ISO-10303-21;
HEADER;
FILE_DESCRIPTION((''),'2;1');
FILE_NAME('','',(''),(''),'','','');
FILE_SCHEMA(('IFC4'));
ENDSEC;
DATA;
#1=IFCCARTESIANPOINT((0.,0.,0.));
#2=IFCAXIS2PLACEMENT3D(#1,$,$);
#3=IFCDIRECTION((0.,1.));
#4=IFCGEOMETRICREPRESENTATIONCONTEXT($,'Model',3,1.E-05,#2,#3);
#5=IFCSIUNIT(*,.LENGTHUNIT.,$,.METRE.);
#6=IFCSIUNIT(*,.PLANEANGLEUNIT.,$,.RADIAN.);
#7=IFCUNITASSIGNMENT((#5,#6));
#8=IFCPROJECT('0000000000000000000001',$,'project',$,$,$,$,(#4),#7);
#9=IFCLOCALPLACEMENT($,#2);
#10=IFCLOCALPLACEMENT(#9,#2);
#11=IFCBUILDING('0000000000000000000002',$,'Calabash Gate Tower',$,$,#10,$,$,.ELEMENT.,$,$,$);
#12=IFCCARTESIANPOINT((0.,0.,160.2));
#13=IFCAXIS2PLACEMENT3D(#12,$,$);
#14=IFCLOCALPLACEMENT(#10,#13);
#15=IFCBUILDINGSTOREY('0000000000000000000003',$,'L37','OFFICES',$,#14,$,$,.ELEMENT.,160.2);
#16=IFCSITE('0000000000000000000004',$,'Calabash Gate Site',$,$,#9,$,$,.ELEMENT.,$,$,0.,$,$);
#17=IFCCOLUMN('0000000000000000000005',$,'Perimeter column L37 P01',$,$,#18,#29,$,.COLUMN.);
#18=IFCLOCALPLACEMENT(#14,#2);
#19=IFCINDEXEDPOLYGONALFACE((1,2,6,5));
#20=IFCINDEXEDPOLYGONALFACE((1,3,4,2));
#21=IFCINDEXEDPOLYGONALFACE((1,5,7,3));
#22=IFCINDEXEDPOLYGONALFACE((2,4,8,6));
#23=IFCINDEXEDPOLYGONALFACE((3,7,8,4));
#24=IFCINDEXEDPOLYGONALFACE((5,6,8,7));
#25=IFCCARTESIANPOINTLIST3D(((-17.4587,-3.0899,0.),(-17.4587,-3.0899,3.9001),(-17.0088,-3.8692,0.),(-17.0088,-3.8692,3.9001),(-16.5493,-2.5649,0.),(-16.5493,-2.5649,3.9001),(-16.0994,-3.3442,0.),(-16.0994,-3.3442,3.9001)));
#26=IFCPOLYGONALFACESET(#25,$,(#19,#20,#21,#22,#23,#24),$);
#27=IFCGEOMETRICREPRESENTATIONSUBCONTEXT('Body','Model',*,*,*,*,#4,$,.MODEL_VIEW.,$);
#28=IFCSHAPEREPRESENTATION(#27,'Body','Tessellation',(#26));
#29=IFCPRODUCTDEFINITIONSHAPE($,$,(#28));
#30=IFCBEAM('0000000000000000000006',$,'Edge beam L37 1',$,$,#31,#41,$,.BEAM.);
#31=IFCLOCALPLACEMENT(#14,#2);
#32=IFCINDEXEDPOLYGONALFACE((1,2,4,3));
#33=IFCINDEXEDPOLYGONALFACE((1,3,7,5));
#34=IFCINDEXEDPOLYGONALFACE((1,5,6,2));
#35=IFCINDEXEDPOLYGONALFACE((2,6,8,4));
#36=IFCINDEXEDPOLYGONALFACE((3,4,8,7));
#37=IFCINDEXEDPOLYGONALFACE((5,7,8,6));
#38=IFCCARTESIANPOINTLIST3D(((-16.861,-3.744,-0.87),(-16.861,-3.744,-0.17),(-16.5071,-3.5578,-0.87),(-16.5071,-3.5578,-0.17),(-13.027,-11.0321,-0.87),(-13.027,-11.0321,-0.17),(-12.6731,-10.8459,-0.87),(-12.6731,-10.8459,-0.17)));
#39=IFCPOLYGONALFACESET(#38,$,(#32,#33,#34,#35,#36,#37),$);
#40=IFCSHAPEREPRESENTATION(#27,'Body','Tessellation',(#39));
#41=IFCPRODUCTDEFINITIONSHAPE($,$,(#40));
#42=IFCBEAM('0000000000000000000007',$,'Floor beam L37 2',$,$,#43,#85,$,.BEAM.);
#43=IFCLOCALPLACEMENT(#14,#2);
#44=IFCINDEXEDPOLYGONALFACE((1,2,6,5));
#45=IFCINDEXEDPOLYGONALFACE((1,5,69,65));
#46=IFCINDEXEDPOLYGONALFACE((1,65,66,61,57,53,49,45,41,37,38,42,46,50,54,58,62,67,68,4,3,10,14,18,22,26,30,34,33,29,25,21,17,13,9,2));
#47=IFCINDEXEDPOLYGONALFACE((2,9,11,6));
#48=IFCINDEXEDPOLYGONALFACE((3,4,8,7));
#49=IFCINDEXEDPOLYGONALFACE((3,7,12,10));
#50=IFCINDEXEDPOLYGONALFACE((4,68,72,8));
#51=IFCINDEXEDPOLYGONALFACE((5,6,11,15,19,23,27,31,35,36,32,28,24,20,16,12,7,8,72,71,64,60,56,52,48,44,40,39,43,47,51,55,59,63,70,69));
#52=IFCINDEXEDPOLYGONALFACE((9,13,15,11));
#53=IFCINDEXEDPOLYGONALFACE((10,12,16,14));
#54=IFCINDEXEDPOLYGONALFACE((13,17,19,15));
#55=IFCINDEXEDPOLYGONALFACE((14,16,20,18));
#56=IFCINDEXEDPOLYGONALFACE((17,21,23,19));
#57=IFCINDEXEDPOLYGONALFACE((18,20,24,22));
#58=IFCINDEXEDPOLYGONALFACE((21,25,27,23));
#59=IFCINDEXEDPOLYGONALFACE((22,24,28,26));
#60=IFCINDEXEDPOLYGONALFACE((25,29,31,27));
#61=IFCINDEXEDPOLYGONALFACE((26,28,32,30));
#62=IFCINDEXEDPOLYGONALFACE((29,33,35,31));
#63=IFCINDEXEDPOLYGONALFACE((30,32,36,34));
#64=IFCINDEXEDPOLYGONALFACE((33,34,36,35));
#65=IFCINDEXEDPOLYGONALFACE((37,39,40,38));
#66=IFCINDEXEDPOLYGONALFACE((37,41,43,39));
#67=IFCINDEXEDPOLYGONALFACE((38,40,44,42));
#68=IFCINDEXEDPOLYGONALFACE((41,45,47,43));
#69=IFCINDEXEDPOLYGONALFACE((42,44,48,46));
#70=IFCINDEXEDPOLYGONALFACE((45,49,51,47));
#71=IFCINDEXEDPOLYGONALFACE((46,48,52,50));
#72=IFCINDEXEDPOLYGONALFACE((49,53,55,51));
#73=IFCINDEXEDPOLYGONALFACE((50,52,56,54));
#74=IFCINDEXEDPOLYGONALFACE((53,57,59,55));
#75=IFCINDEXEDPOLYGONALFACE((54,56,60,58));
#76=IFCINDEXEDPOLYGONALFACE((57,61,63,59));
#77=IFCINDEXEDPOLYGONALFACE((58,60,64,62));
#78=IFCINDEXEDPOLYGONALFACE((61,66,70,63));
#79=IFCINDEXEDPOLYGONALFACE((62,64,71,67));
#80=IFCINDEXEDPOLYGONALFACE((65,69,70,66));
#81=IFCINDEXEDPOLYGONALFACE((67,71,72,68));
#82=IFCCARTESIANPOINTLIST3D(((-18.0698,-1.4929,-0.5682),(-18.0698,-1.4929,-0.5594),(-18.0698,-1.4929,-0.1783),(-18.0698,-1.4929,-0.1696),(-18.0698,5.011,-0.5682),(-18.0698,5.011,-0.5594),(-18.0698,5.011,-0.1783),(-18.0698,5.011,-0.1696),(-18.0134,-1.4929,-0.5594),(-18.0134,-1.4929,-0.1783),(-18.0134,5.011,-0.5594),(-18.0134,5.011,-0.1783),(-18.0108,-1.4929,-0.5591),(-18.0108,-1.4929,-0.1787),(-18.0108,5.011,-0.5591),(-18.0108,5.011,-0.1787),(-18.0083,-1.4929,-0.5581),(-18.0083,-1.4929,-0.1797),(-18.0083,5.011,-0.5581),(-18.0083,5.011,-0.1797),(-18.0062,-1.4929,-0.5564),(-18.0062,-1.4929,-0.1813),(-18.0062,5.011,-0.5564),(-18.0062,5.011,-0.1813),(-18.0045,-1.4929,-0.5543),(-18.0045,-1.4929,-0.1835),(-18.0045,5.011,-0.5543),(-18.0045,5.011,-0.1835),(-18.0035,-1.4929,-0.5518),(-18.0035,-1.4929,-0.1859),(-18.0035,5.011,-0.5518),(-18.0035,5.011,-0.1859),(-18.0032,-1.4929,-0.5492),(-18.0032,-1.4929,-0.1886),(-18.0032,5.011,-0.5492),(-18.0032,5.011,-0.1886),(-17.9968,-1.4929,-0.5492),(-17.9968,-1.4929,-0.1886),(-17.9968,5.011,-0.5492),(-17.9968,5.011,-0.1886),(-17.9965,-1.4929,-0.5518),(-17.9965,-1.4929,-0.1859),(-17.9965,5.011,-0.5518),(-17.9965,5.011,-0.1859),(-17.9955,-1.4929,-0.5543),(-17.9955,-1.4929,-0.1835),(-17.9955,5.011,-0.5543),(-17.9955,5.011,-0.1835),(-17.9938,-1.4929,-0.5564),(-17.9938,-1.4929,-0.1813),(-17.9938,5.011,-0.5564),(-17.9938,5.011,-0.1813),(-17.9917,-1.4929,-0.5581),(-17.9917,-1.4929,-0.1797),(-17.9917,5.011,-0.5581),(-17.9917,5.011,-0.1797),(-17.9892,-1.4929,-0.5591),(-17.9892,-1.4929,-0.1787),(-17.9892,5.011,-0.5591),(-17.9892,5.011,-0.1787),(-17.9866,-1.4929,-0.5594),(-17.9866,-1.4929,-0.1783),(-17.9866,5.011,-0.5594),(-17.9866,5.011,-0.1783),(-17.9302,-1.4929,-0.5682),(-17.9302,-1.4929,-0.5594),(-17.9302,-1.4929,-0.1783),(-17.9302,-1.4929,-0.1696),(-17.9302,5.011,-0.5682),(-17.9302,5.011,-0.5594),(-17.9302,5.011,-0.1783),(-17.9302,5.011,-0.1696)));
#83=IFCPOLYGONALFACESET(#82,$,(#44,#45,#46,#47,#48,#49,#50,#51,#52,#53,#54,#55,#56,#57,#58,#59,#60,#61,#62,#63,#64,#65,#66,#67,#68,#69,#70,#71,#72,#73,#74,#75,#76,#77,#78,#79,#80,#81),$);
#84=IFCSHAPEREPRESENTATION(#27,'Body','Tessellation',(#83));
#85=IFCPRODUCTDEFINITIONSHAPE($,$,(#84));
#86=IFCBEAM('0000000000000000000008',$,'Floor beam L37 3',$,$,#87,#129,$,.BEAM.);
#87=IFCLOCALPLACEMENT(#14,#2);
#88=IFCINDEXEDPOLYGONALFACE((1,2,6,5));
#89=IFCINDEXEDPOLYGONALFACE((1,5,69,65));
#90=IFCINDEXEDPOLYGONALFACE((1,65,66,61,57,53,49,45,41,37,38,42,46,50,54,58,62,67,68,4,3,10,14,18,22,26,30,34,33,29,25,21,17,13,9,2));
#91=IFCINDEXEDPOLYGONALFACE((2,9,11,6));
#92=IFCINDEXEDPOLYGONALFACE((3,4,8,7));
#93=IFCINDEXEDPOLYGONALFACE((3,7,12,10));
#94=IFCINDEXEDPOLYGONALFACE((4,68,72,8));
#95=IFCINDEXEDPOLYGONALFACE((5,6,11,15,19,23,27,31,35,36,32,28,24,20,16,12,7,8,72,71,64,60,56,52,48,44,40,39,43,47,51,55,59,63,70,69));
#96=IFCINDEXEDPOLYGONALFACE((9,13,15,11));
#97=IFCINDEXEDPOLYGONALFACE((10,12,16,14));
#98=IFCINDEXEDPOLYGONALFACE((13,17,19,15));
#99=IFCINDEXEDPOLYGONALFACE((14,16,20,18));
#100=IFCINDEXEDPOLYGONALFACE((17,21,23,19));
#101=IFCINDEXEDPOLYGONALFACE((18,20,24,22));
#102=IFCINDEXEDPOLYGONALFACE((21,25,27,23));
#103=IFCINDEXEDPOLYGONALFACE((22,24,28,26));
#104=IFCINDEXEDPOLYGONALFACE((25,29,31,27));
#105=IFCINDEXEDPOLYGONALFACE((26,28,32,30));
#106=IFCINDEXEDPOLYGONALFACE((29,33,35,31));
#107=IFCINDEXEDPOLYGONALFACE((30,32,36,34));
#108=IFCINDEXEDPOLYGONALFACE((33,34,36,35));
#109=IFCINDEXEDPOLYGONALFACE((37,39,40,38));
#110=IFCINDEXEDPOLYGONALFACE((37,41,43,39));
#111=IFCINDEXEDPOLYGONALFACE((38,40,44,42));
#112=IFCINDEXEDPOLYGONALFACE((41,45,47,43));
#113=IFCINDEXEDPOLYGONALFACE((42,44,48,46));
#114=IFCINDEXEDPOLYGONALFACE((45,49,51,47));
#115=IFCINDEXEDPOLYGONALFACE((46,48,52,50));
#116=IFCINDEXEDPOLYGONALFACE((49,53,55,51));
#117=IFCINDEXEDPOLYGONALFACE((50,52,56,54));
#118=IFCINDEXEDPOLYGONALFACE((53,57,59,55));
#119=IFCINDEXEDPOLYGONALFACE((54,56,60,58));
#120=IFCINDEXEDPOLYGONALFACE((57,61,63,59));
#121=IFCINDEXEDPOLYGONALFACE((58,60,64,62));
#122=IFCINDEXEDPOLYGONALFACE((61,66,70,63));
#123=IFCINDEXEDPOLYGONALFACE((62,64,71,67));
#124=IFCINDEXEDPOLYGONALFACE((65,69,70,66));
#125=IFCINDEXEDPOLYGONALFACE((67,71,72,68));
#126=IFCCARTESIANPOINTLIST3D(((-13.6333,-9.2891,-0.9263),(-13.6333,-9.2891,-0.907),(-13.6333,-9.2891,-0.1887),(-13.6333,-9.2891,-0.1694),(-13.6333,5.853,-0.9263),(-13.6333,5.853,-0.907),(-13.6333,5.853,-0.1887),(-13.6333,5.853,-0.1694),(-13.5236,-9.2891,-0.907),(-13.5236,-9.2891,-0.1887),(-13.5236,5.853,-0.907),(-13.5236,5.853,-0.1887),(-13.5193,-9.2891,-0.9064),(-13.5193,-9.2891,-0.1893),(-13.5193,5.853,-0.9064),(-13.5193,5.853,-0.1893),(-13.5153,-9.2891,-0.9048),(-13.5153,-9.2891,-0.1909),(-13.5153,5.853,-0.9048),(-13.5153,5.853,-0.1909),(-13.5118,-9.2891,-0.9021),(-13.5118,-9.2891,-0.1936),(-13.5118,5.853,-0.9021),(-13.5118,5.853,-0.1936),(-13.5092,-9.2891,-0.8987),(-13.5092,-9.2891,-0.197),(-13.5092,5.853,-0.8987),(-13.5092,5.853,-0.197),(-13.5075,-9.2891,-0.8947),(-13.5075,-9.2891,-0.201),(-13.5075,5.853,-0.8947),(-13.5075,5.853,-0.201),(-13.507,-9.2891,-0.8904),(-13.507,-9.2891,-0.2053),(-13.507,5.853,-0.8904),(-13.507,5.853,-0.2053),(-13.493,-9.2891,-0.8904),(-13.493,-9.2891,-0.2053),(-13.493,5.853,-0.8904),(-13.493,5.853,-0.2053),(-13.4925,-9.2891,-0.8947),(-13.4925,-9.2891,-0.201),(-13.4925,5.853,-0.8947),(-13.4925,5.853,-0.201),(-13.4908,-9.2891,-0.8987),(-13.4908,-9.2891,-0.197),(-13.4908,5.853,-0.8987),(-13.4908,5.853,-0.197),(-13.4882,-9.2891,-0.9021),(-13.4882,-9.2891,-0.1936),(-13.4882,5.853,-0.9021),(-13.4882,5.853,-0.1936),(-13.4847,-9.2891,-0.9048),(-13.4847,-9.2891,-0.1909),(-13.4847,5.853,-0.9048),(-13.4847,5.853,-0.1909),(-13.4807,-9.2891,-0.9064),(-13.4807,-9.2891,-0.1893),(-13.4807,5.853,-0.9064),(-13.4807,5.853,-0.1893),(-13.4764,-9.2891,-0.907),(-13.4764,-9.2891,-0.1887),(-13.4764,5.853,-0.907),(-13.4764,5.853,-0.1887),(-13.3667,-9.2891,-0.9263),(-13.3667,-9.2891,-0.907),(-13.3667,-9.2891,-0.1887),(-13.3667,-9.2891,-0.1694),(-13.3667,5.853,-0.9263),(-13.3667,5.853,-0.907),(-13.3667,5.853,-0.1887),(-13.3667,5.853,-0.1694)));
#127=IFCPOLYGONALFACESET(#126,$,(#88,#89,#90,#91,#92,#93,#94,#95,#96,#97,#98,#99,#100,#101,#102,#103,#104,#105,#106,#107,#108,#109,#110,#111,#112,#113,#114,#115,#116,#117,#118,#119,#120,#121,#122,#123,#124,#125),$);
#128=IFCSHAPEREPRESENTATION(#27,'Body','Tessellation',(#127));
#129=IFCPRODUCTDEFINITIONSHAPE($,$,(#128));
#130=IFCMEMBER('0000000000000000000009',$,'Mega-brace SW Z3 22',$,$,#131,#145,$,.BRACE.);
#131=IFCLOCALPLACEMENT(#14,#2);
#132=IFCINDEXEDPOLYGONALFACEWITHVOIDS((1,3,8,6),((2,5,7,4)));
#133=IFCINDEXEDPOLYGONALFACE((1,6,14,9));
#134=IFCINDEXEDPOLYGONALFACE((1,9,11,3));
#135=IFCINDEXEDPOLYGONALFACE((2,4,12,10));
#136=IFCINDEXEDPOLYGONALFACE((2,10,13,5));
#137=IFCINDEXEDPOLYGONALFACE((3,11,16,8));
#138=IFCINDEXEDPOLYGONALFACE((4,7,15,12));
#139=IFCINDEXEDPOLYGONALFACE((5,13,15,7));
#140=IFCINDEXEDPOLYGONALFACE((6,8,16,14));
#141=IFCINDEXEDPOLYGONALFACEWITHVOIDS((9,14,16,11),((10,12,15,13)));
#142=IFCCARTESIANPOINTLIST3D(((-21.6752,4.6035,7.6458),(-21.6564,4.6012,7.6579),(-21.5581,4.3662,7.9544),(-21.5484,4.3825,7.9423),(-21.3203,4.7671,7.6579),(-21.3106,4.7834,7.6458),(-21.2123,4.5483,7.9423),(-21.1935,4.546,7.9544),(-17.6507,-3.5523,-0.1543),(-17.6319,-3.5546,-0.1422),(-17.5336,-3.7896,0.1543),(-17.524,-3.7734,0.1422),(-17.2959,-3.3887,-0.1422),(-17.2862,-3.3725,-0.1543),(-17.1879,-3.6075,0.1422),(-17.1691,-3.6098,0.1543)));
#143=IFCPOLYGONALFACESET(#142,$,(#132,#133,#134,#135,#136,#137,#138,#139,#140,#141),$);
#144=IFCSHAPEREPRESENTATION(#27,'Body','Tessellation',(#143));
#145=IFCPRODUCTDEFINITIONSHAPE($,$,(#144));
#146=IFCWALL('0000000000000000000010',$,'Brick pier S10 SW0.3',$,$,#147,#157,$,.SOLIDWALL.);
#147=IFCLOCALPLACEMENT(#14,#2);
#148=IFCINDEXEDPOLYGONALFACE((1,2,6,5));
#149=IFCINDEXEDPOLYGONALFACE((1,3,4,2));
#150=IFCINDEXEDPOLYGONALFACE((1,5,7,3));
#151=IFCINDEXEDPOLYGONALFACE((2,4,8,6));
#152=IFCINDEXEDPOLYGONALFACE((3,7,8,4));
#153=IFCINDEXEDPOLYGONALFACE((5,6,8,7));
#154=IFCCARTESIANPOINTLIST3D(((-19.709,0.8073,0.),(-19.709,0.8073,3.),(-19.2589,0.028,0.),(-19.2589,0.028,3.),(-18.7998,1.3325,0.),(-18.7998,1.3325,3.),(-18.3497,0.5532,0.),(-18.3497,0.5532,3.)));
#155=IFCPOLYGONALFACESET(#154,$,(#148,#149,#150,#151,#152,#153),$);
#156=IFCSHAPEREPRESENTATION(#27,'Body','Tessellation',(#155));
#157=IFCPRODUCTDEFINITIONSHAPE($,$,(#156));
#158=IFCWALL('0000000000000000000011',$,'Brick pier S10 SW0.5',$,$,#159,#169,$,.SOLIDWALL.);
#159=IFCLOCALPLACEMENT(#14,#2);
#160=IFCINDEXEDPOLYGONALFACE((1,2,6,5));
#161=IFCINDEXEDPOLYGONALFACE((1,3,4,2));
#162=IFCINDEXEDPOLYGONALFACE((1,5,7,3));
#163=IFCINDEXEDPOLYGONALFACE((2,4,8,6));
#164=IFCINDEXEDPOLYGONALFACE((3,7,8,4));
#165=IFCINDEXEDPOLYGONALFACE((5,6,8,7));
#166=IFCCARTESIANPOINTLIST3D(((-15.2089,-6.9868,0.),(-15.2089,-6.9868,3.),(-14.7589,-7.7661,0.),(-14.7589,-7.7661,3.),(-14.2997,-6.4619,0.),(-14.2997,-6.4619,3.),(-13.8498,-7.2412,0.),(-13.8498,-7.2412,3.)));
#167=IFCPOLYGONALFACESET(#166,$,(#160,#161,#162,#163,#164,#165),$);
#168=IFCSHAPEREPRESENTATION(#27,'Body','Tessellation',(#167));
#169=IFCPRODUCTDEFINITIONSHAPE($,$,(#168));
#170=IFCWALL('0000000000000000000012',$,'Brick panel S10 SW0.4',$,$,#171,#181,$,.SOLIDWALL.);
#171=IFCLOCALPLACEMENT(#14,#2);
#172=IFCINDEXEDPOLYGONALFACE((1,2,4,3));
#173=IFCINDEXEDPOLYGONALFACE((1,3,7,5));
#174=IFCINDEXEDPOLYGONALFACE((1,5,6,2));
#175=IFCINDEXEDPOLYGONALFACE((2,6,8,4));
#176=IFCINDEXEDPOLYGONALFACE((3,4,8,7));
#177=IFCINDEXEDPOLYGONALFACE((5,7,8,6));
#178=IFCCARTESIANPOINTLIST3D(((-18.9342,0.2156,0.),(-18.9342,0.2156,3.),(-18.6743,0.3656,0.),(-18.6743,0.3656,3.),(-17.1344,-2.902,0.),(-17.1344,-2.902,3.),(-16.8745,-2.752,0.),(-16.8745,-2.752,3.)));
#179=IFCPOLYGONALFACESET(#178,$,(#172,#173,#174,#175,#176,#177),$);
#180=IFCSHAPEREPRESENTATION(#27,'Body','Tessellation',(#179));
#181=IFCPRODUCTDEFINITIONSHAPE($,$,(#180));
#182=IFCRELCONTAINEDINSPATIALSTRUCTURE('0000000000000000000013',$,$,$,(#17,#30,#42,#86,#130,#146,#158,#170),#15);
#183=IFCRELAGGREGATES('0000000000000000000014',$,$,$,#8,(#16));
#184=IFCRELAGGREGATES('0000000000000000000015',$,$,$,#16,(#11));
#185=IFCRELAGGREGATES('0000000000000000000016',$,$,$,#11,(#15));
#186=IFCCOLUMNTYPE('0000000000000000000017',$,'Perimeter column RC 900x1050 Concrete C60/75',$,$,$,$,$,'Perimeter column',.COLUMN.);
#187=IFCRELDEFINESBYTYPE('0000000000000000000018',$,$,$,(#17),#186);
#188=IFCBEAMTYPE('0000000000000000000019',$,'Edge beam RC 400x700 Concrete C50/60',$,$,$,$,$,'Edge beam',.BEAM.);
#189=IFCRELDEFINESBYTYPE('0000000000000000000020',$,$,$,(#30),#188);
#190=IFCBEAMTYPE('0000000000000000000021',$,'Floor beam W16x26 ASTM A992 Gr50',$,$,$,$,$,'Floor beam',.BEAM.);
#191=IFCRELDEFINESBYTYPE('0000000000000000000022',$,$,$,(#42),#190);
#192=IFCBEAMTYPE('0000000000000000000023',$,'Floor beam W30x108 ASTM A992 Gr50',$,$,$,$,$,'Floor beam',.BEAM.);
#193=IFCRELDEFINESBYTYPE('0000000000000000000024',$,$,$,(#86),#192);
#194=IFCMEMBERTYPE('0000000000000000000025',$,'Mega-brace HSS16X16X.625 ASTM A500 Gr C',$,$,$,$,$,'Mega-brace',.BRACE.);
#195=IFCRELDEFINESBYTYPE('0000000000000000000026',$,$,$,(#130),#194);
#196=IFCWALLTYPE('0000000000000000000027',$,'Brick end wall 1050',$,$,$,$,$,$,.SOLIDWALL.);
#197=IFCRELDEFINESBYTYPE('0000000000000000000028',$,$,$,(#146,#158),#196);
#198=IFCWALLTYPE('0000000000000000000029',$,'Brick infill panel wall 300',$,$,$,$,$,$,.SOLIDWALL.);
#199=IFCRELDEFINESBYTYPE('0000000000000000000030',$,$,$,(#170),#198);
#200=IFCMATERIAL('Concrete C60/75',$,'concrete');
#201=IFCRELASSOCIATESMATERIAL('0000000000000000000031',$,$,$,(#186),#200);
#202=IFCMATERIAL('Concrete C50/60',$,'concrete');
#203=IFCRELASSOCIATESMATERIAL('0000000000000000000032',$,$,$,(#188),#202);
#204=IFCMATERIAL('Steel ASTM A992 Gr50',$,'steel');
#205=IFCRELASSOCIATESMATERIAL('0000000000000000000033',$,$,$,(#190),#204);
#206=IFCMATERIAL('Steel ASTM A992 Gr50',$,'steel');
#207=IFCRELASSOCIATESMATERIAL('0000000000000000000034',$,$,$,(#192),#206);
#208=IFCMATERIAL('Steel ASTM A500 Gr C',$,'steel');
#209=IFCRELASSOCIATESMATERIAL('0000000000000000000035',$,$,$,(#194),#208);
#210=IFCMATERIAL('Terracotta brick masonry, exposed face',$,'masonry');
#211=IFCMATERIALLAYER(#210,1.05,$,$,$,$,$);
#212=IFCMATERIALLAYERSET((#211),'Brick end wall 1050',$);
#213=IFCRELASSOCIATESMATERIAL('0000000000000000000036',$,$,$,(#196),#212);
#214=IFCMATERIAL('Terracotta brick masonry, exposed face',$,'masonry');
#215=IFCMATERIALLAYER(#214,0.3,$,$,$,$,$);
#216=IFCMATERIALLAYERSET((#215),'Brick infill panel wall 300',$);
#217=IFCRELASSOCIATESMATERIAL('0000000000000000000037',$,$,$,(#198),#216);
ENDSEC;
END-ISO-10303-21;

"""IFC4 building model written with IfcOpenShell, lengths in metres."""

from ifc_helpers import new_model, si_unit, direction, frame, frame_2d, origin, origin_2d, place, context, subcontext, project, spatial, rectangle, hollow_rectangle, i_section, extrude, material, layer, layer_set, material_profile, profile_set, type_object, element, save


model = new_model("IFC4")

# Units and contexts
model_context = context("Model", 3, precision=1e-05, world=origin(), true_north=direction((0.0, 1.0)))
body_context = subcontext(model_context, "Body", "Model", "MODEL_VIEW")
ifc_project = project(units=[si_unit("LENGTHUNIT", "METRE"), si_unit("PLANEANGLEUNIT", "RADIAN")], contexts=[model_context])

# Site, building, storey
site_placement = place(None, origin())
site = spatial("IfcSite", under=ifc_project, at=site_placement, Name="Calabash Gate Site", CompositionType="ELEMENT", RefElevation=0.0)
building_placement = place(site_placement, origin())
building = spatial("IfcBuilding", under=site, at=building_placement, Name="Calabash Gate Tower", CompositionType="ELEMENT")
storey_placement = place(building_placement, frame((0.0, 0.0, 160.2)))
storey = spatial("IfcBuildingStorey", under=building, at=storey_placement, Name="L37", Description="OFFICES", CompositionType="ELEMENT", Elevation=160.2)

# Column
ifc_material_1 = material(Name="Concrete C60/75", Category="concrete")
ifc_material_profile_1 = material_profile(ifc_material_1, rectangle(XDim=0.8999, YDim=1.05, at=origin_2d()))
ifc_profile_set_1 = profile_set([ifc_material_profile_1], Name="Concrete C60/75")
column_type = type_object("IfcColumnType", Name="Perimeter column RC 900x1050 Concrete C60/75", ElementType="Perimeter column", PredefinedType="COLUMN", material=ifc_profile_set_1)
column_placement = place(storey_placement, frame((-16.7791, -3.217, 0.0), z_axis=(0.0, 0.0, 1.0), x_axis=(0.5, -0.866025, 0.0)))
element("IfcColumn", 1, at=column_placement, inside=storey, type_object=column_type, Name="Perimeter column L37 P01", PredefinedType="COLUMN", context=body_context, shape_type="SweptSolid", body=[
    extrude(rectangle(XDim=0.8999, YDim=1.05, at=origin_2d()), origin(), (0.0, 0.0, 1.0), 3.9001),
])

# Beams
ifc_material_2 = material(Name="Concrete C50/60", Category="concrete")
ifc_material_profile_2 = material_profile(ifc_material_2, rectangle(XDim=0.3999, YDim=0.7, at=origin_2d()))
ifc_profile_set_2 = profile_set([ifc_material_profile_2], Name="Concrete C50/60")
beam_type_1 = type_object("IfcBeamType", Name="Edge beam RC 400x700 Concrete C50/60", ElementType="Edge beam", PredefinedType="BEAM", material=ifc_profile_set_2)
beam_1_placement = place(storey_placement, frame((-16.6841, -3.6509, -0.52), z_axis=(0.46557, -0.885011, 0.0), x_axis=(0.885011, 0.46557, 0.0)))
element("IfcBeam", 2, at=beam_1_placement, inside=storey, type_object=beam_type_1, Name="Edge beam L37 1", PredefinedType="BEAM", context=body_context, shape_type="SweptSolid", body=[
    extrude(rectangle(XDim=0.3999, YDim=0.7, at=origin_2d()), origin(), (0.0, 0.0, 1.0), 8.2351),
])
ifc_material_3 = material(Name="Steel ASTM A992 Gr50", Category="steel")
ifc_material_profile_3 = material_profile(ifc_material_3, i_section(OverallWidth=0.1396, OverallDepth=0.3987, WebThickness=0.0063, FlangeThickness=0.0088, FilletRadius=0.0103, at=origin_2d()))
ifc_profile_set_3 = profile_set([ifc_material_profile_3], Name="Steel ASTM A992 Gr50")
beam_type_2 = type_object("IfcBeamType", Name="Floor beam W16x26 ASTM A992 Gr50", ElementType="Floor beam", PredefinedType="BEAM", material=ifc_profile_set_3)
beam_2_placement = place(storey_placement, frame((-18.0, -1.4929, -0.3689), z_axis=(0.0, 1.0, 0.0), x_axis=(-1.0, 0.0, 0.0)))
element("IfcBeam", 3, at=beam_2_placement, inside=storey, type_object=beam_type_2, Name="Floor beam L37 2", PredefinedType="BEAM", context=body_context, shape_type="SweptSolid", body=[
    extrude(i_section(OverallWidth=0.1396, OverallDepth=0.3987, WebThickness=0.0063, FlangeThickness=0.0088, FilletRadius=0.0103, at=origin_2d()), origin(), (0.0, 0.0, 1.0), 6.5039),
])
ifc_material_4 = material(Name="Steel ASTM A992 Gr50", Category="steel")
ifc_material_profile_4 = material_profile(ifc_material_4, i_section(OverallWidth=0.2666, OverallDepth=0.7568, WebThickness=0.0139, FlangeThickness=0.0193, FilletRadius=0.0166, at=origin_2d()))
ifc_profile_set_4 = profile_set([ifc_material_profile_4], Name="Steel ASTM A992 Gr50")
beam_type_3 = type_object("IfcBeamType", Name="Floor beam W30x108 ASTM A992 Gr50", ElementType="Floor beam", PredefinedType="BEAM", material=ifc_profile_set_4)
beam_3_placement = place(storey_placement, frame((-13.5, -9.2891, -0.5479), z_axis=(0.0, 1.0, 0.0), x_axis=(-1.0, 0.0, 0.0)))
element("IfcBeam", 4, at=beam_3_placement, inside=storey, type_object=beam_type_3, Name="Floor beam L37 3", PredefinedType="BEAM", context=body_context, shape_type="SweptSolid", body=[
    extrude(i_section(OverallWidth=0.2666, OverallDepth=0.7568, WebThickness=0.0139, FlangeThickness=0.0193, FilletRadius=0.0166, at=origin_2d()), origin(), (0.0, 0.0, 1.0), 15.1421),
])

# Member
ifc_material_5 = material(Name="Steel ASTM A500 Gr C", Category="steel")
ifc_material_profile_5 = material_profile(ifc_material_5, hollow_rectangle(XDim=0.4065, YDim=0.4065, WallThickness=0.0159, at=origin_2d()))
ifc_profile_set_5 = profile_set([ifc_material_profile_5], Name="Steel ASTM A500 Gr C")
member_type = type_object("IfcMemberType", Name="Mega-brace HSS16X16X.625 ASTM A500 Gr C", ElementType="Mega-brace", PredefinedType="BRACE", material=ifc_profile_set_5)
member_placement = place(storey_placement, frame((-17.4099, -3.5811, 0.0), z_axis=(-0.335889, 0.680704, 0.651015), x_axis=(-0.896766, -0.442504, 0.0)))
element("IfcMember", 5, at=member_placement, inside=storey, type_object=member_type, Name="Mega-brace SW Z3 22", PredefinedType="BRACE", context=body_context, shape_type="SweptSolid", body=[
    extrude(hollow_rectangle(XDim=0.4065, YDim=0.4065, WallThickness=0.0159, at=origin_2d()), origin(), (0.0, 0.0, 1.0), 11.9814),
])

# Walls
ifc_material_6 = material(Name="Terracotta brick masonry, exposed face", Category="masonry")
ifc_layer_1 = layer(ifc_material_6, 1.05)
ifc_layer_set_1 = layer_set([ifc_layer_1], Name="Brick end wall 1050")
wall_type_1 = type_object("IfcWallType", Name="Brick end wall 1050", PredefinedType="SOLIDWALL", material=ifc_layer_set_1)
wall_1_placement = place(storey_placement, frame((-19.4839, 0.4177, 0.0), z_axis=(0.0, 0.0, 1.0), x_axis=(0.86593, 0.500165, 0.0)))
element("IfcWall", 6, at=wall_1_placement, inside=storey, type_object=wall_type_1, Name="Brick pier S10 SW0.3", PredefinedType="SOLIDWALL", context=body_context, shape_type="SweptSolid", body=[
    extrude(rectangle(XDim=1.05, YDim=0.8999, at=frame_2d((0.5249, 0.0))), origin(), (0.0, 0.0, 1.0), 3.0),
])
wall_2_placement = place(storey_placement, frame((-14.9839, -7.3765, 0.0), z_axis=(0.0, 0.0, 1.0), x_axis=(0.866031, 0.499991, 0.0)))
element("IfcWall", 7, at=wall_2_placement, inside=storey, type_object=wall_type_1, Name="Brick pier S10 SW0.5", PredefinedType="SOLIDWALL", context=body_context, shape_type="SweptSolid", body=[
    extrude(rectangle(XDim=1.0498, YDim=0.8999, at=frame_2d((0.5249, 0.0))), origin(), (0.0, 0.0, 1.0), 3.0),
])
ifc_material_7 = material(Name="Terracotta brick masonry, exposed face", Category="masonry")
ifc_layer_2 = layer(ifc_material_7, 0.3)
ifc_layer_set_2 = layer_set([ifc_layer_2], Name="Brick infill panel wall 300")
wall_type_2 = type_object("IfcWallType", Name="Brick infill panel wall 300", PredefinedType="SOLIDWALL", material=ifc_layer_set_2)
wall_3_placement = place(storey_placement, frame((-18.8042, 0.2905, 0.0), z_axis=(0.0, 0.0, 1.0), x_axis=(0.499961, -0.866048, 0.0)))
element("IfcWall", 8, at=wall_3_placement, inside=storey, type_object=wall_type_2, Name="Brick panel S10 SW0.4", PredefinedType="SOLIDWALL", context=body_context, shape_type="SweptSolid", body=[
    extrude(rectangle(XDim=3.5999, YDim=0.3, at=frame_2d((1.7998, 0.0))), origin(), (0.0, 0.0, 1.0), 3.0),
])

save(model, "model.ifc")
